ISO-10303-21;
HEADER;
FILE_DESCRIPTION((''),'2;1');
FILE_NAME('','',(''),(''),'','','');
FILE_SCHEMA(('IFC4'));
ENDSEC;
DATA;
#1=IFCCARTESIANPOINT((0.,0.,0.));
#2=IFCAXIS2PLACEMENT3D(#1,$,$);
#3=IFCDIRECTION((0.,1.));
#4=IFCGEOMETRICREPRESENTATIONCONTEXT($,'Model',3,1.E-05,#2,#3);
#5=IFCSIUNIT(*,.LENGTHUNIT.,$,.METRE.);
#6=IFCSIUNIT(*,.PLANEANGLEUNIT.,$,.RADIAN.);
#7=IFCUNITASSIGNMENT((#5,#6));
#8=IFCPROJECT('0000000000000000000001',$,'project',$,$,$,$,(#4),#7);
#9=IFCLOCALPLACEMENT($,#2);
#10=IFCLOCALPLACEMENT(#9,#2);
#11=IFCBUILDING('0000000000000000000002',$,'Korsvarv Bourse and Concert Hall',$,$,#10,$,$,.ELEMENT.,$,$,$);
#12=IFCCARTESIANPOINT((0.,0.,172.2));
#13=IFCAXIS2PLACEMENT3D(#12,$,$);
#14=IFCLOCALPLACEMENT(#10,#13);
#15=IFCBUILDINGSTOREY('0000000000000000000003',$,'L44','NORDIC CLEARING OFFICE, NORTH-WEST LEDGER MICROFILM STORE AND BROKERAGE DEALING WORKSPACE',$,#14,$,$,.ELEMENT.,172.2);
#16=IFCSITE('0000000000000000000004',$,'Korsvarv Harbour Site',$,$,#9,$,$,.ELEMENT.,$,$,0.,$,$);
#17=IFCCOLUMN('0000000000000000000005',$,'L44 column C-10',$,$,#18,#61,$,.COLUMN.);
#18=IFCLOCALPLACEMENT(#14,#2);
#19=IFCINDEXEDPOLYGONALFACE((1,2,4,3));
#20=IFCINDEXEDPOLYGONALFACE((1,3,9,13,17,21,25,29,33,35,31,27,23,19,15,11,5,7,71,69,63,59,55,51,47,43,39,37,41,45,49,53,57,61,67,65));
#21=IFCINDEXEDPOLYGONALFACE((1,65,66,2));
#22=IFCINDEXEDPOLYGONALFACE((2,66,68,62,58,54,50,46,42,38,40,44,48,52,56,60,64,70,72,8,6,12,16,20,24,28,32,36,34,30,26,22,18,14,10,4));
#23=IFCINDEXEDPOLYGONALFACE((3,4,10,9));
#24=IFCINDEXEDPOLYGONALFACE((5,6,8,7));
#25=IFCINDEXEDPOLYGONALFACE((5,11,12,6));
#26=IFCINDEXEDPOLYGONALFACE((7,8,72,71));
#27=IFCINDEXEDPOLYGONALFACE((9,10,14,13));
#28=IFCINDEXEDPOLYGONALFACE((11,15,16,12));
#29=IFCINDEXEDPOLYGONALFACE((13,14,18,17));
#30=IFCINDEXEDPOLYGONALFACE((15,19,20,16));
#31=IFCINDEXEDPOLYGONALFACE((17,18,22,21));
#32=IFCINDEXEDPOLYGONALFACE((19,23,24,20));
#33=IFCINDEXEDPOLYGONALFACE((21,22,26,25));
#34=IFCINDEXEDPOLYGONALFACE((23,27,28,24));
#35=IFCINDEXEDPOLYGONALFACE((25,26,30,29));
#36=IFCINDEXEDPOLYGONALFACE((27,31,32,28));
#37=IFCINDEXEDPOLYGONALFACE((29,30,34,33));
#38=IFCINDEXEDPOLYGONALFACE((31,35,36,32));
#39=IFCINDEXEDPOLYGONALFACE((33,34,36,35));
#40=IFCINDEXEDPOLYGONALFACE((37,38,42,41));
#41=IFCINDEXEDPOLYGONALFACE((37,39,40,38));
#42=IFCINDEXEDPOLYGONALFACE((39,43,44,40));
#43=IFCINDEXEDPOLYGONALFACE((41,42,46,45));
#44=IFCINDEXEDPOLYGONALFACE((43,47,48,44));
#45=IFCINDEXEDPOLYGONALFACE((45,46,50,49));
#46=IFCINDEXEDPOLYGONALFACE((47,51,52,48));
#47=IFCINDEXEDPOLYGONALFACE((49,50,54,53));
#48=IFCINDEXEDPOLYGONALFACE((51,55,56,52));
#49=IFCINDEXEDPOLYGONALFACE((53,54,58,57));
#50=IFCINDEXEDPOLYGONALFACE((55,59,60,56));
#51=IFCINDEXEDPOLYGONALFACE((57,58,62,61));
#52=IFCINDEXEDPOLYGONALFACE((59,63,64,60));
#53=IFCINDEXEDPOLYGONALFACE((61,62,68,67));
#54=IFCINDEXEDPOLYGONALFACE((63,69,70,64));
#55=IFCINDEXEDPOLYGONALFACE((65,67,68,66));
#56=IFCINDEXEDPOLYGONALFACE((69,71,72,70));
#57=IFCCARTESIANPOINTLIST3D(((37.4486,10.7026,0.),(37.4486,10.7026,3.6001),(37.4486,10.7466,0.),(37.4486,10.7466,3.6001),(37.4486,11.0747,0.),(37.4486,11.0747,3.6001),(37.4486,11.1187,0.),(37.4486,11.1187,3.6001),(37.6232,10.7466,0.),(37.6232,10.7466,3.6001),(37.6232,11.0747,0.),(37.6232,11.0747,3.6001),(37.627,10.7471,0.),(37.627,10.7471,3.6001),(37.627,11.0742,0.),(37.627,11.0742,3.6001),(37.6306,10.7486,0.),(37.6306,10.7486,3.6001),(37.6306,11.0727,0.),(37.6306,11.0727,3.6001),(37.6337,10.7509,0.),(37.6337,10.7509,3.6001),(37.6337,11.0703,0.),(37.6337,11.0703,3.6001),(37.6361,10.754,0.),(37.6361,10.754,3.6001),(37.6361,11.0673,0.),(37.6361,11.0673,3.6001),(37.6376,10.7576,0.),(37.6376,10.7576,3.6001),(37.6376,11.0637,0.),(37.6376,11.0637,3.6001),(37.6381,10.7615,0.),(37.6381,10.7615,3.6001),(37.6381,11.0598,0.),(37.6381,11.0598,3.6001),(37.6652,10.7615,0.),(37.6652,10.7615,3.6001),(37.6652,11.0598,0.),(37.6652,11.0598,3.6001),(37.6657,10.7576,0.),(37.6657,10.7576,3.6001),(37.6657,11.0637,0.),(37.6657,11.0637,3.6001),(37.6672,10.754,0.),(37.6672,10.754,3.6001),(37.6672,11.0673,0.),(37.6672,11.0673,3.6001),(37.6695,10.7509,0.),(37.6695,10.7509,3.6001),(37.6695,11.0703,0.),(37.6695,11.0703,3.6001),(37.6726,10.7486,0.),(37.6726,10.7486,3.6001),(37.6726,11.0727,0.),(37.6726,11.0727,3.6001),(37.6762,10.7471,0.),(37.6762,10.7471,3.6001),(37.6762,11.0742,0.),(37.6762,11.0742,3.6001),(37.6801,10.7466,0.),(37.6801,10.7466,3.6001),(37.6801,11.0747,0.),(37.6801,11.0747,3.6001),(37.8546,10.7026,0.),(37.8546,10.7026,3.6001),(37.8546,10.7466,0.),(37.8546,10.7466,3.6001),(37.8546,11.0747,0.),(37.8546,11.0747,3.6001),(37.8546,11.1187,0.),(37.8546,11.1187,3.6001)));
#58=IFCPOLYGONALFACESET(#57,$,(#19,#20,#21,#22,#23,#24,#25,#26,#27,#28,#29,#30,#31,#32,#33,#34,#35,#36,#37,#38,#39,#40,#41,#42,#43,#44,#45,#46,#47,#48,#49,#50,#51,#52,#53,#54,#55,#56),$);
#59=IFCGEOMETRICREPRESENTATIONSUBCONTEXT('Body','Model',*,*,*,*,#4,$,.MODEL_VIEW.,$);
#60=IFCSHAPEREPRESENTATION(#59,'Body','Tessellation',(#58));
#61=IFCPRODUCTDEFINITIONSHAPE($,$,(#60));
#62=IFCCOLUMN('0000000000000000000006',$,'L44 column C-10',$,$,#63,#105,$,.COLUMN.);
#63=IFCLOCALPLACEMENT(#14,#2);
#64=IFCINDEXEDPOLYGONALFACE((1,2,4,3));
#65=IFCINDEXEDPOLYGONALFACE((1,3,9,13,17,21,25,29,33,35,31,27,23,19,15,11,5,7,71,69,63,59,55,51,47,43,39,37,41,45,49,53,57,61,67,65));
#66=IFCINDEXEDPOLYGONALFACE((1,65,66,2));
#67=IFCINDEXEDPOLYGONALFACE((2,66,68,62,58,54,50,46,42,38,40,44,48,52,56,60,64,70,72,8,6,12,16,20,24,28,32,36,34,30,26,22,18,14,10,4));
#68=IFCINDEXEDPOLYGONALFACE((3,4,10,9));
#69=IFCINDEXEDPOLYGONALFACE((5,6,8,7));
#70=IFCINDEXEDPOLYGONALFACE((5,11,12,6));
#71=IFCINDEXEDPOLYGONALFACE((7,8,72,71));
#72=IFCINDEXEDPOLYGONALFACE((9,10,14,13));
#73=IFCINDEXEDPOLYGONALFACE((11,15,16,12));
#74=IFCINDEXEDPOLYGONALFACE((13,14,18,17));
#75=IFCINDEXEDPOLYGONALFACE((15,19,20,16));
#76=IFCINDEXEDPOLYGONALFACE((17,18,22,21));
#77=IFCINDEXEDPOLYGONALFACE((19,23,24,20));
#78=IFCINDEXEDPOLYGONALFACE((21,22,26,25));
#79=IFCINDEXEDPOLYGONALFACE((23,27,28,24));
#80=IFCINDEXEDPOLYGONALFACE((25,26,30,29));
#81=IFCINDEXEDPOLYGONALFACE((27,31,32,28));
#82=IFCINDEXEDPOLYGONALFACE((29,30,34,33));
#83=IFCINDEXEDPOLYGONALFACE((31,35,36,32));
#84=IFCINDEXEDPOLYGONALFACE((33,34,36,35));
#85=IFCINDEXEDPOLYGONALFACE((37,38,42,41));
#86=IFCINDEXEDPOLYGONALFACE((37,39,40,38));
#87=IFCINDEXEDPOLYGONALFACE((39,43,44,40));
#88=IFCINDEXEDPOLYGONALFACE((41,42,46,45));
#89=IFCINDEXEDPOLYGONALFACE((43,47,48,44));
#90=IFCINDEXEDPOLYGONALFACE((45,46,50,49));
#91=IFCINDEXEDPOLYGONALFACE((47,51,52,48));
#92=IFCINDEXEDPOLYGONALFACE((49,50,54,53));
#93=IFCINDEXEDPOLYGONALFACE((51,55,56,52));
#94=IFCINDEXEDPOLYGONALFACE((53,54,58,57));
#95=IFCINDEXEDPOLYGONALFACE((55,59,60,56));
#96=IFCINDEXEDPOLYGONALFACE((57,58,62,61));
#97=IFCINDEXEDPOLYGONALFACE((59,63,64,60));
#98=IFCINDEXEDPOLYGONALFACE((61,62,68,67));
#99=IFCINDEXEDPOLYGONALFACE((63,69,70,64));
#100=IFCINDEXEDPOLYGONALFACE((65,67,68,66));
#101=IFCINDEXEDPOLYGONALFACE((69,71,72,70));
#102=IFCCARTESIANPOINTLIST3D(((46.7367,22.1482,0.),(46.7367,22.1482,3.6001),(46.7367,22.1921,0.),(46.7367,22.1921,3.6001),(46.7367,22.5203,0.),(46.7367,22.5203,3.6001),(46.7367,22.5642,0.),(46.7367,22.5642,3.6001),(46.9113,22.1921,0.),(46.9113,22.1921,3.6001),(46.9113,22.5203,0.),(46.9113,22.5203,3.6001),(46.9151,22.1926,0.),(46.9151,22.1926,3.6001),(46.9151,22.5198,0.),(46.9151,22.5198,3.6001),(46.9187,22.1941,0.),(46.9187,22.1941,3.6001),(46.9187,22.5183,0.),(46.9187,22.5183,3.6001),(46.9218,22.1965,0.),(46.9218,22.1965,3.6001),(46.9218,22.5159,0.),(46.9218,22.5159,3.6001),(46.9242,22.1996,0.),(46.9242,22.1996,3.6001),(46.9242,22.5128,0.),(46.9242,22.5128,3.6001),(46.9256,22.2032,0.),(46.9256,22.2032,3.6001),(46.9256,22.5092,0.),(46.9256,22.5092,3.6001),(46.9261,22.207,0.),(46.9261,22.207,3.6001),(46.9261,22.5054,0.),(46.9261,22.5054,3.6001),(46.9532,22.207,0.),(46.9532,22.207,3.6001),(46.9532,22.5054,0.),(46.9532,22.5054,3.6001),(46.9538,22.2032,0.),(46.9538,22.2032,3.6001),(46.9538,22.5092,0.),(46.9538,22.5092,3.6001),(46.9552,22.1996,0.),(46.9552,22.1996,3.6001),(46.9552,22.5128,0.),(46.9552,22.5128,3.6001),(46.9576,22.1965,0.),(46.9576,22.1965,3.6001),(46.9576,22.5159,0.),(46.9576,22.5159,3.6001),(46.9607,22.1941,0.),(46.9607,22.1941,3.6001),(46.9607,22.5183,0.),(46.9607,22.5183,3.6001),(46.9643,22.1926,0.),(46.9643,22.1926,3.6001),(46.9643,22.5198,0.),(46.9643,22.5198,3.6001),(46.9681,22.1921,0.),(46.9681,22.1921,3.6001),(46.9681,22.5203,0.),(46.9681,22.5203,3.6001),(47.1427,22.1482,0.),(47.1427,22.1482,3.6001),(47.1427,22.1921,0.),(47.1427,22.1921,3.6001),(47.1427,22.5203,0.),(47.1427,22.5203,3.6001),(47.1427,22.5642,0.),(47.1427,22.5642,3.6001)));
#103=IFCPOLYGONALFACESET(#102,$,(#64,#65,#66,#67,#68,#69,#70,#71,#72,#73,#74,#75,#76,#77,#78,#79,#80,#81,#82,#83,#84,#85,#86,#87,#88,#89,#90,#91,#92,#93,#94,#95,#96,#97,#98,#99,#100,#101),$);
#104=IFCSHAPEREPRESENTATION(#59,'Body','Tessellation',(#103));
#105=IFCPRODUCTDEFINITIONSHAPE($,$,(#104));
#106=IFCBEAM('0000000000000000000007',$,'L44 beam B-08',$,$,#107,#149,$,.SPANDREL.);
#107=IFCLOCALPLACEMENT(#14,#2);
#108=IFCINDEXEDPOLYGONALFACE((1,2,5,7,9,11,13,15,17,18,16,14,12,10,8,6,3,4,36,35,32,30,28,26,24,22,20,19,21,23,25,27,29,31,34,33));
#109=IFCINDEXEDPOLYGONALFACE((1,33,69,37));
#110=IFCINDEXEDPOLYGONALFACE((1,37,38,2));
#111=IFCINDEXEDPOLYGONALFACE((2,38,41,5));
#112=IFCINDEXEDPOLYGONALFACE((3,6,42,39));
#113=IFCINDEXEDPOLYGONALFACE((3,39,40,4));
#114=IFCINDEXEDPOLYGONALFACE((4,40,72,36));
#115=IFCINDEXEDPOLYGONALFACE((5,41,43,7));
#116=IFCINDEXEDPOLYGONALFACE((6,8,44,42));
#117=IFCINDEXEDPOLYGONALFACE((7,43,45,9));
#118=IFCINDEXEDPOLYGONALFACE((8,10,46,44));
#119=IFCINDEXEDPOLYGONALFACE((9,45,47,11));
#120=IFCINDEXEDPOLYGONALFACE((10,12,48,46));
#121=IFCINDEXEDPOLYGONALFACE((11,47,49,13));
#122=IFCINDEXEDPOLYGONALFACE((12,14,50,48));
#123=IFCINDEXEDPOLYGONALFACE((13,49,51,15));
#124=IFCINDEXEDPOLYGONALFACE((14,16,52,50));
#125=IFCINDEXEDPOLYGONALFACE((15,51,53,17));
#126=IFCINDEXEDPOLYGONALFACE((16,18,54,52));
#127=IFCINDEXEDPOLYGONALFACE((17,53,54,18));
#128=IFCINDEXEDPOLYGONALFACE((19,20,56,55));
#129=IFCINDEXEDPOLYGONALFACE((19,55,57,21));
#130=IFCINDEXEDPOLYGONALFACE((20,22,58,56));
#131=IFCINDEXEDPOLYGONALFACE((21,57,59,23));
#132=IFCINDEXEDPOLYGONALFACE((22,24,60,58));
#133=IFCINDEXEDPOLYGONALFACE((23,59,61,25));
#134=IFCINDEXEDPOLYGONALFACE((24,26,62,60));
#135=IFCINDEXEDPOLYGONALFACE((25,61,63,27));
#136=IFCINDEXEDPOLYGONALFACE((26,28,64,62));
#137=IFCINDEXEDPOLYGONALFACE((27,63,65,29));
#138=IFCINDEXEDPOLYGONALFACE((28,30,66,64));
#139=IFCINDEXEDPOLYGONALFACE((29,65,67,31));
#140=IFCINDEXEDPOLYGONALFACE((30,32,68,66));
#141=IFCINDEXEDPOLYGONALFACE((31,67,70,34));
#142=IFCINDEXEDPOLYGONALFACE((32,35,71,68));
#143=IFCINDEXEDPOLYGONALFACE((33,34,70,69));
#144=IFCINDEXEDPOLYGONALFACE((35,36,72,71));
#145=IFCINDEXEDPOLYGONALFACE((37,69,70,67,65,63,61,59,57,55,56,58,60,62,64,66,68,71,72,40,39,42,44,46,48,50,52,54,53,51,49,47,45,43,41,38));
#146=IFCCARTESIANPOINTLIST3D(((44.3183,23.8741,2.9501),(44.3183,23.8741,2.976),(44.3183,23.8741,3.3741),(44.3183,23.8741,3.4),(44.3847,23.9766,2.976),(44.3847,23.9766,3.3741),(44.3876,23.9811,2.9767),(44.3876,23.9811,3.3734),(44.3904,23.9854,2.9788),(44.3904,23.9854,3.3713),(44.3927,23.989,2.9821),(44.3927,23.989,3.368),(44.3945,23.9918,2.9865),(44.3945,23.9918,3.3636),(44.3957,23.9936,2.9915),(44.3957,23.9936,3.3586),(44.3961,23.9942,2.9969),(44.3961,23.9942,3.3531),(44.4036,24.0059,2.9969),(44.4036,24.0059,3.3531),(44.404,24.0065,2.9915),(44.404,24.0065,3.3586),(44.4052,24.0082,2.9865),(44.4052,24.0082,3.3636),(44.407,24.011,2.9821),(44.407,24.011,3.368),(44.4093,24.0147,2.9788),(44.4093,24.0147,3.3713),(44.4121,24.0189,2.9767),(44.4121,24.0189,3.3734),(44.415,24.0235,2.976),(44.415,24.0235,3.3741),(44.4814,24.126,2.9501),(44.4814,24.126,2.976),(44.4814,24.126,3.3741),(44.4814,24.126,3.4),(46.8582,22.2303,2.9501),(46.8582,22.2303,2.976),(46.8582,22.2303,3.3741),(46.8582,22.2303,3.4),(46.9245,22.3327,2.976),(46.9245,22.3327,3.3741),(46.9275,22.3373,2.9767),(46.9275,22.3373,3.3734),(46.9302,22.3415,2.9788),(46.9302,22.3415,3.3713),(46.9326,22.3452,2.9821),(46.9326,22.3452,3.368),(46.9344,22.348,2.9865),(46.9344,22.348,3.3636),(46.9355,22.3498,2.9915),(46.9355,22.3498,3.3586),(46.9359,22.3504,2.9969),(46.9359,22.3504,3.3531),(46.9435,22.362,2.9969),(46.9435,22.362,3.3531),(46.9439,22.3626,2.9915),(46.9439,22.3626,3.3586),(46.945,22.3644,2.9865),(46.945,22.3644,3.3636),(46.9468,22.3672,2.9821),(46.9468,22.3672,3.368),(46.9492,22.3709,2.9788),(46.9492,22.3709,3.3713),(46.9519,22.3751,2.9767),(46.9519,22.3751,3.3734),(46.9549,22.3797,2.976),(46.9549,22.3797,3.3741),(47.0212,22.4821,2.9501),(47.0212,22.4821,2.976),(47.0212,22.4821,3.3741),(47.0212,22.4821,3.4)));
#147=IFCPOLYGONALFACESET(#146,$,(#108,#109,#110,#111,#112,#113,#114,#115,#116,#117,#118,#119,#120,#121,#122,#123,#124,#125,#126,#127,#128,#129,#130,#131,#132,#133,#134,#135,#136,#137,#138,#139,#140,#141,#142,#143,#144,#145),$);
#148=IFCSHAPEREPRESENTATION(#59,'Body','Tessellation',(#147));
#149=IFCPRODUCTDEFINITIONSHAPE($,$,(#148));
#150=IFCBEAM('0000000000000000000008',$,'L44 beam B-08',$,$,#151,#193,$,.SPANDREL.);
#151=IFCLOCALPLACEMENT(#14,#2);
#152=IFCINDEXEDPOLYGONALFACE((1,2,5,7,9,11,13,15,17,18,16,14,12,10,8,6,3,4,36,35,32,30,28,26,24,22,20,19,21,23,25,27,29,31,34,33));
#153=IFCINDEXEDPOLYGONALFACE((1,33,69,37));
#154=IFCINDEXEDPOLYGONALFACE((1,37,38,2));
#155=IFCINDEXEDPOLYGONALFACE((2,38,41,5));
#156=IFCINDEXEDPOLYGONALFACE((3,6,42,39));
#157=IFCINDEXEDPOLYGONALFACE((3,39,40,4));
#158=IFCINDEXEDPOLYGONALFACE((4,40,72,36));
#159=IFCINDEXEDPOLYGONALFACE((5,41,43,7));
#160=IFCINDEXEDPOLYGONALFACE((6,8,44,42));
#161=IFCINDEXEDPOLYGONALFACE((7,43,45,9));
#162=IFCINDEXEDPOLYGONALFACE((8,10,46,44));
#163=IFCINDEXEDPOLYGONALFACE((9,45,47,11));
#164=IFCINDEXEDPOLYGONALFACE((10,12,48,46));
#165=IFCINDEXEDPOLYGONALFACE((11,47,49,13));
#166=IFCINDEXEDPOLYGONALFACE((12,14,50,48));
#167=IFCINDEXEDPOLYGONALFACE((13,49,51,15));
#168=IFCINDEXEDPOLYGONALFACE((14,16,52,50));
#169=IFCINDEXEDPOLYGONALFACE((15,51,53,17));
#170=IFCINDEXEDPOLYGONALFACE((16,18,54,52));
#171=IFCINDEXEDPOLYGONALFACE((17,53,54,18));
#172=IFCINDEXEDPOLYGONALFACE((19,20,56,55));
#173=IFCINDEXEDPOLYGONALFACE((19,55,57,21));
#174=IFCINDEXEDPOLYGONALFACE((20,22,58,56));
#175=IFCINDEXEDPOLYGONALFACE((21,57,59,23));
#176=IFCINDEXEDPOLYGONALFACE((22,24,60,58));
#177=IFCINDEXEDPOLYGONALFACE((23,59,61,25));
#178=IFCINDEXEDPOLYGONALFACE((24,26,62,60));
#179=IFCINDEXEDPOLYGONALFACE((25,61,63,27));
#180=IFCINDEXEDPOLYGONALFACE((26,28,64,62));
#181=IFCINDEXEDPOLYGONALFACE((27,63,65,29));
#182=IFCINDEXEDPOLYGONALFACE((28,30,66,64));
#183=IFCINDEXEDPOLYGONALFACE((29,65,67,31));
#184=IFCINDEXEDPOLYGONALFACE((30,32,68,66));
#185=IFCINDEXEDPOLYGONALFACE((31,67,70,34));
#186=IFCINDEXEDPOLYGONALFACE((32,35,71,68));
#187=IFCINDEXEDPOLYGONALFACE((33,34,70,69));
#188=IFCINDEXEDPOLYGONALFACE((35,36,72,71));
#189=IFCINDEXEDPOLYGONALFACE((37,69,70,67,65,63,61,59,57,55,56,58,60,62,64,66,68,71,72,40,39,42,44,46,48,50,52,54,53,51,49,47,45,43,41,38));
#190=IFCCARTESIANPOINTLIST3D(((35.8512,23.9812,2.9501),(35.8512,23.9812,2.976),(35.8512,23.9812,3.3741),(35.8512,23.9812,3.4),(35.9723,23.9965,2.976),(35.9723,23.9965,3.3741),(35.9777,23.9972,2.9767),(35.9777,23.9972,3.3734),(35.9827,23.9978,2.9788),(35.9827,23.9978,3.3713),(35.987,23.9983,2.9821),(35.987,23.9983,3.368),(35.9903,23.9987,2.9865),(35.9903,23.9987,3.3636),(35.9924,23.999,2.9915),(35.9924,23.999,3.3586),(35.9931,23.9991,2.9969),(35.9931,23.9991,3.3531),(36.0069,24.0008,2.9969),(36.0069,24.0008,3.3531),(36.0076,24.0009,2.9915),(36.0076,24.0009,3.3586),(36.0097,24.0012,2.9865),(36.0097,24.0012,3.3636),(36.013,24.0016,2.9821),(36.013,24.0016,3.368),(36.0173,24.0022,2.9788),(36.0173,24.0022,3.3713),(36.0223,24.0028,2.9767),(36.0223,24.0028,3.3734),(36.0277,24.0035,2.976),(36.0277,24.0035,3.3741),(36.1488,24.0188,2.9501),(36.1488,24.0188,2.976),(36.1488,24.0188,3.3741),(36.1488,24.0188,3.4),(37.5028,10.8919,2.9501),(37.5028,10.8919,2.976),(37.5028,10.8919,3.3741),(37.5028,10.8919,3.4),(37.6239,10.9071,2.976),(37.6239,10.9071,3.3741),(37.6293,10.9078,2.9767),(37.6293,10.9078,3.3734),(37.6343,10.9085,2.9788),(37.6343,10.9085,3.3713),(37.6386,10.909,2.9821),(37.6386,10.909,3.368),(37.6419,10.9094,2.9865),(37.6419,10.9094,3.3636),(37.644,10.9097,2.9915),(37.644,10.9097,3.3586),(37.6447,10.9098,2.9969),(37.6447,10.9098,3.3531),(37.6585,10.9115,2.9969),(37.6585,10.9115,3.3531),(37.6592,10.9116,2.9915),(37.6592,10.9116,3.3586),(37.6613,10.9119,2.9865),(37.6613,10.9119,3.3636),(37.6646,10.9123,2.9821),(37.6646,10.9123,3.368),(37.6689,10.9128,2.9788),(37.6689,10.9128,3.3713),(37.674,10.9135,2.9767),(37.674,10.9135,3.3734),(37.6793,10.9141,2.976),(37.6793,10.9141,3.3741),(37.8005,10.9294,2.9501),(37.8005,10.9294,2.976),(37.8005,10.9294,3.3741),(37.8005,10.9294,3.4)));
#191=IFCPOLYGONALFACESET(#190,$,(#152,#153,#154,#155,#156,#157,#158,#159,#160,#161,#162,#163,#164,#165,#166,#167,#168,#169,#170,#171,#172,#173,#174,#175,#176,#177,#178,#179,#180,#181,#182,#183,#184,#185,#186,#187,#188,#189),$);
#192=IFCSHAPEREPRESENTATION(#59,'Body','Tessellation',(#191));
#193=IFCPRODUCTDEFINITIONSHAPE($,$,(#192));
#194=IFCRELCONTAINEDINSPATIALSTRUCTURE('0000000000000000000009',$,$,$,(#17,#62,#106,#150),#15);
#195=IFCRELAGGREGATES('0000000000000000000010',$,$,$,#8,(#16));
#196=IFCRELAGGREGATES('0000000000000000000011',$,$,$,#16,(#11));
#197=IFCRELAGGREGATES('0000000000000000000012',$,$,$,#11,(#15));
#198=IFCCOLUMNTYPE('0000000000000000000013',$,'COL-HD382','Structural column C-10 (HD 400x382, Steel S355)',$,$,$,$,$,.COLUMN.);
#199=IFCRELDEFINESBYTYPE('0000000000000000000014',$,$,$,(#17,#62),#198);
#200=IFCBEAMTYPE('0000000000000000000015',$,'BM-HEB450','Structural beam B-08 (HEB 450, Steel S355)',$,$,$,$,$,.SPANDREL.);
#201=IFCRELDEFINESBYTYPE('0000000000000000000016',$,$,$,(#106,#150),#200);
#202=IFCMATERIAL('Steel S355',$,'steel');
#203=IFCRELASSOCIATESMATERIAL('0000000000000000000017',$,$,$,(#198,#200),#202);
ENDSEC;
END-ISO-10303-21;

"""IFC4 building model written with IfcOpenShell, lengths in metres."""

from ifc_helpers import new_model, si_unit, direction, frame, origin, origin_2d, place, context, subcontext, project, spatial, i_section, extrude, source, transform, mapped, material, material_profile, profile_set, type_object, element, save


model = new_model("IFC4")

# Units and contexts
model_context = context("Model", 3, precision=1e-05, world=origin(), true_north=direction((0.0, 1.0)))
body_context = subcontext(model_context, "Body", "Model", "MODEL_VIEW")
ifc_project = project(units=[si_unit("LENGTHUNIT", "METRE"), si_unit("PLANEANGLEUNIT", "RADIAN")], contexts=[model_context])

# Site, building, storey
site_placement = place(None, origin())
site = spatial("IfcSite", under=ifc_project, at=site_placement, Name="Korsvarv Harbour Site", CompositionType="ELEMENT", RefElevation=0.0)
building_placement = place(site_placement, origin())
building = spatial("IfcBuilding", under=site, at=building_placement, Name="Korsvarv Bourse and Concert Hall", CompositionType="ELEMENT")
storey_placement = place(building_placement, frame((0.0, 0.0, 172.2)))
storey = spatial("IfcBuildingStorey", under=building, at=storey_placement, Name="L44", Description="NORDIC CLEARING OFFICE, NORTH-WEST LEDGER MICROFILM STORE AND BROKERAGE DEALING WORKSPACE", CompositionType="ELEMENT", Elevation=172.2)

# Columns
ifc_material_1 = material(Name="Steel S355", Category="steel")
ifc_material_profile_1 = material_profile(ifc_material_1, i_section(OverallWidth=0.406, OverallDepth=0.416, WebThickness=0.0271, FlangeThickness=0.0439, FilletRadius=0.0149, at=origin_2d()), Name="HD 400x382")
ifc_profile_set_1 = profile_set([ifc_material_profile_1], Name="Steel S355")
column_type = type_object("IfcColumnType", Name="COL-HD382", Description="Structural column C-10 (HD 400x382, Steel S355)", PredefinedType="COLUMN", material=ifc_profile_set_1)
shared_shape_1 = source(origin(), body_context, "Body", "SweptSolid", [
    extrude(i_section(OverallWidth=0.406, OverallDepth=0.416, WebThickness=0.0271, FlangeThickness=0.0439, FilletRadius=0.0149, at=origin_2d()), origin(), (0.0, 0.0, 1.0), 3.6001),
])
for number, where, z_axis, x_axis, name in (
    (1, (37.6516, 10.9106, 0.0), (0.0, 0.0, 1.0), (1.0, 0.0, 0.0), "L44 column C-10"),
    (2, (46.9397, 22.3562, 0.0), (0.0, 0.0, 1.0), (1.0, 0.0, 0.0), "L44 column C-10"),
):
    element("IfcColumn", number, at=place(storey_placement, frame(where, z_axis=z_axis, x_axis=x_axis)), inside=storey, type_object=column_type, Name=name, PredefinedType="COLUMN", context=body_context, shape_type="MappedRepresentation", body=[
        mapped(shared_shape_1, transform((0.0, 0.0, 0.0), scale=1.0)),
    ])

# Beams
ifc_material_profile_2 = material_profile(ifc_material_1, i_section(OverallWidth=0.3, OverallDepth=0.45, WebThickness=0.0139, FlangeThickness=0.0259, FilletRadius=0.021, at=origin_2d()), Name="HEB 450")
ifc_profile_set_2 = profile_set([ifc_material_profile_2], Name="Steel S355")
beam_type_1 = type_object("IfcBeamType", Name="BM-HEB450", Description="Structural beam B-08 (HEB 450, Steel S355)", PredefinedType="SPANDREL", material=ifc_profile_set_2)
shared_shape_2 = source(origin(), body_context, "Body", "SweptSolid", [
    extrude(i_section(OverallWidth=0.3, OverallDepth=0.45, WebThickness=0.0139, FlangeThickness=0.0259, FilletRadius=0.021, at=origin_2d()), origin(), (0.0, 0.0, 1.0), 3.0254),
])
beam_1_placement = place(storey_placement, frame((46.9397, 22.3562, 3.175), z_axis=(-0.83951, 0.543345, 0.0), x_axis=(-0.543345, -0.83951, 0.0)))
element("IfcBeam", 3, at=beam_1_placement, inside=storey, type_object=beam_type_1, Name="L44 beam B-08", PredefinedType="SPANDREL", context=body_context, shape_type="MappedRepresentation", body=[
    mapped(shared_shape_2, transform((0.0, 0.0, 0.0), scale=1.0)),
])
shared_shape_3 = source(origin(), body_context, "Body", "SweptSolid", [
    extrude(i_section(OverallWidth=0.3, OverallDepth=0.45, WebThickness=0.0139, FlangeThickness=0.0259, FilletRadius=0.021, at=origin_2d()), origin(), (0.0, 0.0, 1.0), 13.1931),
])
beam_2_placement = place(storey_placement, frame((37.6516, 10.9106, 3.175), z_axis=(-0.125187, 0.992133, 0.0), x_axis=(-0.992133, -0.125187, 0.0)))
element("IfcBeam", 4, at=beam_2_placement, inside=storey, type_object=beam_type_1, Name="L44 beam B-08", PredefinedType="SPANDREL", context=body_context, shape_type="MappedRepresentation", body=[
    mapped(shared_shape_3, transform((0.0, 0.0, 0.0), scale=1.0)),
])

save(model, "model.ifc")
